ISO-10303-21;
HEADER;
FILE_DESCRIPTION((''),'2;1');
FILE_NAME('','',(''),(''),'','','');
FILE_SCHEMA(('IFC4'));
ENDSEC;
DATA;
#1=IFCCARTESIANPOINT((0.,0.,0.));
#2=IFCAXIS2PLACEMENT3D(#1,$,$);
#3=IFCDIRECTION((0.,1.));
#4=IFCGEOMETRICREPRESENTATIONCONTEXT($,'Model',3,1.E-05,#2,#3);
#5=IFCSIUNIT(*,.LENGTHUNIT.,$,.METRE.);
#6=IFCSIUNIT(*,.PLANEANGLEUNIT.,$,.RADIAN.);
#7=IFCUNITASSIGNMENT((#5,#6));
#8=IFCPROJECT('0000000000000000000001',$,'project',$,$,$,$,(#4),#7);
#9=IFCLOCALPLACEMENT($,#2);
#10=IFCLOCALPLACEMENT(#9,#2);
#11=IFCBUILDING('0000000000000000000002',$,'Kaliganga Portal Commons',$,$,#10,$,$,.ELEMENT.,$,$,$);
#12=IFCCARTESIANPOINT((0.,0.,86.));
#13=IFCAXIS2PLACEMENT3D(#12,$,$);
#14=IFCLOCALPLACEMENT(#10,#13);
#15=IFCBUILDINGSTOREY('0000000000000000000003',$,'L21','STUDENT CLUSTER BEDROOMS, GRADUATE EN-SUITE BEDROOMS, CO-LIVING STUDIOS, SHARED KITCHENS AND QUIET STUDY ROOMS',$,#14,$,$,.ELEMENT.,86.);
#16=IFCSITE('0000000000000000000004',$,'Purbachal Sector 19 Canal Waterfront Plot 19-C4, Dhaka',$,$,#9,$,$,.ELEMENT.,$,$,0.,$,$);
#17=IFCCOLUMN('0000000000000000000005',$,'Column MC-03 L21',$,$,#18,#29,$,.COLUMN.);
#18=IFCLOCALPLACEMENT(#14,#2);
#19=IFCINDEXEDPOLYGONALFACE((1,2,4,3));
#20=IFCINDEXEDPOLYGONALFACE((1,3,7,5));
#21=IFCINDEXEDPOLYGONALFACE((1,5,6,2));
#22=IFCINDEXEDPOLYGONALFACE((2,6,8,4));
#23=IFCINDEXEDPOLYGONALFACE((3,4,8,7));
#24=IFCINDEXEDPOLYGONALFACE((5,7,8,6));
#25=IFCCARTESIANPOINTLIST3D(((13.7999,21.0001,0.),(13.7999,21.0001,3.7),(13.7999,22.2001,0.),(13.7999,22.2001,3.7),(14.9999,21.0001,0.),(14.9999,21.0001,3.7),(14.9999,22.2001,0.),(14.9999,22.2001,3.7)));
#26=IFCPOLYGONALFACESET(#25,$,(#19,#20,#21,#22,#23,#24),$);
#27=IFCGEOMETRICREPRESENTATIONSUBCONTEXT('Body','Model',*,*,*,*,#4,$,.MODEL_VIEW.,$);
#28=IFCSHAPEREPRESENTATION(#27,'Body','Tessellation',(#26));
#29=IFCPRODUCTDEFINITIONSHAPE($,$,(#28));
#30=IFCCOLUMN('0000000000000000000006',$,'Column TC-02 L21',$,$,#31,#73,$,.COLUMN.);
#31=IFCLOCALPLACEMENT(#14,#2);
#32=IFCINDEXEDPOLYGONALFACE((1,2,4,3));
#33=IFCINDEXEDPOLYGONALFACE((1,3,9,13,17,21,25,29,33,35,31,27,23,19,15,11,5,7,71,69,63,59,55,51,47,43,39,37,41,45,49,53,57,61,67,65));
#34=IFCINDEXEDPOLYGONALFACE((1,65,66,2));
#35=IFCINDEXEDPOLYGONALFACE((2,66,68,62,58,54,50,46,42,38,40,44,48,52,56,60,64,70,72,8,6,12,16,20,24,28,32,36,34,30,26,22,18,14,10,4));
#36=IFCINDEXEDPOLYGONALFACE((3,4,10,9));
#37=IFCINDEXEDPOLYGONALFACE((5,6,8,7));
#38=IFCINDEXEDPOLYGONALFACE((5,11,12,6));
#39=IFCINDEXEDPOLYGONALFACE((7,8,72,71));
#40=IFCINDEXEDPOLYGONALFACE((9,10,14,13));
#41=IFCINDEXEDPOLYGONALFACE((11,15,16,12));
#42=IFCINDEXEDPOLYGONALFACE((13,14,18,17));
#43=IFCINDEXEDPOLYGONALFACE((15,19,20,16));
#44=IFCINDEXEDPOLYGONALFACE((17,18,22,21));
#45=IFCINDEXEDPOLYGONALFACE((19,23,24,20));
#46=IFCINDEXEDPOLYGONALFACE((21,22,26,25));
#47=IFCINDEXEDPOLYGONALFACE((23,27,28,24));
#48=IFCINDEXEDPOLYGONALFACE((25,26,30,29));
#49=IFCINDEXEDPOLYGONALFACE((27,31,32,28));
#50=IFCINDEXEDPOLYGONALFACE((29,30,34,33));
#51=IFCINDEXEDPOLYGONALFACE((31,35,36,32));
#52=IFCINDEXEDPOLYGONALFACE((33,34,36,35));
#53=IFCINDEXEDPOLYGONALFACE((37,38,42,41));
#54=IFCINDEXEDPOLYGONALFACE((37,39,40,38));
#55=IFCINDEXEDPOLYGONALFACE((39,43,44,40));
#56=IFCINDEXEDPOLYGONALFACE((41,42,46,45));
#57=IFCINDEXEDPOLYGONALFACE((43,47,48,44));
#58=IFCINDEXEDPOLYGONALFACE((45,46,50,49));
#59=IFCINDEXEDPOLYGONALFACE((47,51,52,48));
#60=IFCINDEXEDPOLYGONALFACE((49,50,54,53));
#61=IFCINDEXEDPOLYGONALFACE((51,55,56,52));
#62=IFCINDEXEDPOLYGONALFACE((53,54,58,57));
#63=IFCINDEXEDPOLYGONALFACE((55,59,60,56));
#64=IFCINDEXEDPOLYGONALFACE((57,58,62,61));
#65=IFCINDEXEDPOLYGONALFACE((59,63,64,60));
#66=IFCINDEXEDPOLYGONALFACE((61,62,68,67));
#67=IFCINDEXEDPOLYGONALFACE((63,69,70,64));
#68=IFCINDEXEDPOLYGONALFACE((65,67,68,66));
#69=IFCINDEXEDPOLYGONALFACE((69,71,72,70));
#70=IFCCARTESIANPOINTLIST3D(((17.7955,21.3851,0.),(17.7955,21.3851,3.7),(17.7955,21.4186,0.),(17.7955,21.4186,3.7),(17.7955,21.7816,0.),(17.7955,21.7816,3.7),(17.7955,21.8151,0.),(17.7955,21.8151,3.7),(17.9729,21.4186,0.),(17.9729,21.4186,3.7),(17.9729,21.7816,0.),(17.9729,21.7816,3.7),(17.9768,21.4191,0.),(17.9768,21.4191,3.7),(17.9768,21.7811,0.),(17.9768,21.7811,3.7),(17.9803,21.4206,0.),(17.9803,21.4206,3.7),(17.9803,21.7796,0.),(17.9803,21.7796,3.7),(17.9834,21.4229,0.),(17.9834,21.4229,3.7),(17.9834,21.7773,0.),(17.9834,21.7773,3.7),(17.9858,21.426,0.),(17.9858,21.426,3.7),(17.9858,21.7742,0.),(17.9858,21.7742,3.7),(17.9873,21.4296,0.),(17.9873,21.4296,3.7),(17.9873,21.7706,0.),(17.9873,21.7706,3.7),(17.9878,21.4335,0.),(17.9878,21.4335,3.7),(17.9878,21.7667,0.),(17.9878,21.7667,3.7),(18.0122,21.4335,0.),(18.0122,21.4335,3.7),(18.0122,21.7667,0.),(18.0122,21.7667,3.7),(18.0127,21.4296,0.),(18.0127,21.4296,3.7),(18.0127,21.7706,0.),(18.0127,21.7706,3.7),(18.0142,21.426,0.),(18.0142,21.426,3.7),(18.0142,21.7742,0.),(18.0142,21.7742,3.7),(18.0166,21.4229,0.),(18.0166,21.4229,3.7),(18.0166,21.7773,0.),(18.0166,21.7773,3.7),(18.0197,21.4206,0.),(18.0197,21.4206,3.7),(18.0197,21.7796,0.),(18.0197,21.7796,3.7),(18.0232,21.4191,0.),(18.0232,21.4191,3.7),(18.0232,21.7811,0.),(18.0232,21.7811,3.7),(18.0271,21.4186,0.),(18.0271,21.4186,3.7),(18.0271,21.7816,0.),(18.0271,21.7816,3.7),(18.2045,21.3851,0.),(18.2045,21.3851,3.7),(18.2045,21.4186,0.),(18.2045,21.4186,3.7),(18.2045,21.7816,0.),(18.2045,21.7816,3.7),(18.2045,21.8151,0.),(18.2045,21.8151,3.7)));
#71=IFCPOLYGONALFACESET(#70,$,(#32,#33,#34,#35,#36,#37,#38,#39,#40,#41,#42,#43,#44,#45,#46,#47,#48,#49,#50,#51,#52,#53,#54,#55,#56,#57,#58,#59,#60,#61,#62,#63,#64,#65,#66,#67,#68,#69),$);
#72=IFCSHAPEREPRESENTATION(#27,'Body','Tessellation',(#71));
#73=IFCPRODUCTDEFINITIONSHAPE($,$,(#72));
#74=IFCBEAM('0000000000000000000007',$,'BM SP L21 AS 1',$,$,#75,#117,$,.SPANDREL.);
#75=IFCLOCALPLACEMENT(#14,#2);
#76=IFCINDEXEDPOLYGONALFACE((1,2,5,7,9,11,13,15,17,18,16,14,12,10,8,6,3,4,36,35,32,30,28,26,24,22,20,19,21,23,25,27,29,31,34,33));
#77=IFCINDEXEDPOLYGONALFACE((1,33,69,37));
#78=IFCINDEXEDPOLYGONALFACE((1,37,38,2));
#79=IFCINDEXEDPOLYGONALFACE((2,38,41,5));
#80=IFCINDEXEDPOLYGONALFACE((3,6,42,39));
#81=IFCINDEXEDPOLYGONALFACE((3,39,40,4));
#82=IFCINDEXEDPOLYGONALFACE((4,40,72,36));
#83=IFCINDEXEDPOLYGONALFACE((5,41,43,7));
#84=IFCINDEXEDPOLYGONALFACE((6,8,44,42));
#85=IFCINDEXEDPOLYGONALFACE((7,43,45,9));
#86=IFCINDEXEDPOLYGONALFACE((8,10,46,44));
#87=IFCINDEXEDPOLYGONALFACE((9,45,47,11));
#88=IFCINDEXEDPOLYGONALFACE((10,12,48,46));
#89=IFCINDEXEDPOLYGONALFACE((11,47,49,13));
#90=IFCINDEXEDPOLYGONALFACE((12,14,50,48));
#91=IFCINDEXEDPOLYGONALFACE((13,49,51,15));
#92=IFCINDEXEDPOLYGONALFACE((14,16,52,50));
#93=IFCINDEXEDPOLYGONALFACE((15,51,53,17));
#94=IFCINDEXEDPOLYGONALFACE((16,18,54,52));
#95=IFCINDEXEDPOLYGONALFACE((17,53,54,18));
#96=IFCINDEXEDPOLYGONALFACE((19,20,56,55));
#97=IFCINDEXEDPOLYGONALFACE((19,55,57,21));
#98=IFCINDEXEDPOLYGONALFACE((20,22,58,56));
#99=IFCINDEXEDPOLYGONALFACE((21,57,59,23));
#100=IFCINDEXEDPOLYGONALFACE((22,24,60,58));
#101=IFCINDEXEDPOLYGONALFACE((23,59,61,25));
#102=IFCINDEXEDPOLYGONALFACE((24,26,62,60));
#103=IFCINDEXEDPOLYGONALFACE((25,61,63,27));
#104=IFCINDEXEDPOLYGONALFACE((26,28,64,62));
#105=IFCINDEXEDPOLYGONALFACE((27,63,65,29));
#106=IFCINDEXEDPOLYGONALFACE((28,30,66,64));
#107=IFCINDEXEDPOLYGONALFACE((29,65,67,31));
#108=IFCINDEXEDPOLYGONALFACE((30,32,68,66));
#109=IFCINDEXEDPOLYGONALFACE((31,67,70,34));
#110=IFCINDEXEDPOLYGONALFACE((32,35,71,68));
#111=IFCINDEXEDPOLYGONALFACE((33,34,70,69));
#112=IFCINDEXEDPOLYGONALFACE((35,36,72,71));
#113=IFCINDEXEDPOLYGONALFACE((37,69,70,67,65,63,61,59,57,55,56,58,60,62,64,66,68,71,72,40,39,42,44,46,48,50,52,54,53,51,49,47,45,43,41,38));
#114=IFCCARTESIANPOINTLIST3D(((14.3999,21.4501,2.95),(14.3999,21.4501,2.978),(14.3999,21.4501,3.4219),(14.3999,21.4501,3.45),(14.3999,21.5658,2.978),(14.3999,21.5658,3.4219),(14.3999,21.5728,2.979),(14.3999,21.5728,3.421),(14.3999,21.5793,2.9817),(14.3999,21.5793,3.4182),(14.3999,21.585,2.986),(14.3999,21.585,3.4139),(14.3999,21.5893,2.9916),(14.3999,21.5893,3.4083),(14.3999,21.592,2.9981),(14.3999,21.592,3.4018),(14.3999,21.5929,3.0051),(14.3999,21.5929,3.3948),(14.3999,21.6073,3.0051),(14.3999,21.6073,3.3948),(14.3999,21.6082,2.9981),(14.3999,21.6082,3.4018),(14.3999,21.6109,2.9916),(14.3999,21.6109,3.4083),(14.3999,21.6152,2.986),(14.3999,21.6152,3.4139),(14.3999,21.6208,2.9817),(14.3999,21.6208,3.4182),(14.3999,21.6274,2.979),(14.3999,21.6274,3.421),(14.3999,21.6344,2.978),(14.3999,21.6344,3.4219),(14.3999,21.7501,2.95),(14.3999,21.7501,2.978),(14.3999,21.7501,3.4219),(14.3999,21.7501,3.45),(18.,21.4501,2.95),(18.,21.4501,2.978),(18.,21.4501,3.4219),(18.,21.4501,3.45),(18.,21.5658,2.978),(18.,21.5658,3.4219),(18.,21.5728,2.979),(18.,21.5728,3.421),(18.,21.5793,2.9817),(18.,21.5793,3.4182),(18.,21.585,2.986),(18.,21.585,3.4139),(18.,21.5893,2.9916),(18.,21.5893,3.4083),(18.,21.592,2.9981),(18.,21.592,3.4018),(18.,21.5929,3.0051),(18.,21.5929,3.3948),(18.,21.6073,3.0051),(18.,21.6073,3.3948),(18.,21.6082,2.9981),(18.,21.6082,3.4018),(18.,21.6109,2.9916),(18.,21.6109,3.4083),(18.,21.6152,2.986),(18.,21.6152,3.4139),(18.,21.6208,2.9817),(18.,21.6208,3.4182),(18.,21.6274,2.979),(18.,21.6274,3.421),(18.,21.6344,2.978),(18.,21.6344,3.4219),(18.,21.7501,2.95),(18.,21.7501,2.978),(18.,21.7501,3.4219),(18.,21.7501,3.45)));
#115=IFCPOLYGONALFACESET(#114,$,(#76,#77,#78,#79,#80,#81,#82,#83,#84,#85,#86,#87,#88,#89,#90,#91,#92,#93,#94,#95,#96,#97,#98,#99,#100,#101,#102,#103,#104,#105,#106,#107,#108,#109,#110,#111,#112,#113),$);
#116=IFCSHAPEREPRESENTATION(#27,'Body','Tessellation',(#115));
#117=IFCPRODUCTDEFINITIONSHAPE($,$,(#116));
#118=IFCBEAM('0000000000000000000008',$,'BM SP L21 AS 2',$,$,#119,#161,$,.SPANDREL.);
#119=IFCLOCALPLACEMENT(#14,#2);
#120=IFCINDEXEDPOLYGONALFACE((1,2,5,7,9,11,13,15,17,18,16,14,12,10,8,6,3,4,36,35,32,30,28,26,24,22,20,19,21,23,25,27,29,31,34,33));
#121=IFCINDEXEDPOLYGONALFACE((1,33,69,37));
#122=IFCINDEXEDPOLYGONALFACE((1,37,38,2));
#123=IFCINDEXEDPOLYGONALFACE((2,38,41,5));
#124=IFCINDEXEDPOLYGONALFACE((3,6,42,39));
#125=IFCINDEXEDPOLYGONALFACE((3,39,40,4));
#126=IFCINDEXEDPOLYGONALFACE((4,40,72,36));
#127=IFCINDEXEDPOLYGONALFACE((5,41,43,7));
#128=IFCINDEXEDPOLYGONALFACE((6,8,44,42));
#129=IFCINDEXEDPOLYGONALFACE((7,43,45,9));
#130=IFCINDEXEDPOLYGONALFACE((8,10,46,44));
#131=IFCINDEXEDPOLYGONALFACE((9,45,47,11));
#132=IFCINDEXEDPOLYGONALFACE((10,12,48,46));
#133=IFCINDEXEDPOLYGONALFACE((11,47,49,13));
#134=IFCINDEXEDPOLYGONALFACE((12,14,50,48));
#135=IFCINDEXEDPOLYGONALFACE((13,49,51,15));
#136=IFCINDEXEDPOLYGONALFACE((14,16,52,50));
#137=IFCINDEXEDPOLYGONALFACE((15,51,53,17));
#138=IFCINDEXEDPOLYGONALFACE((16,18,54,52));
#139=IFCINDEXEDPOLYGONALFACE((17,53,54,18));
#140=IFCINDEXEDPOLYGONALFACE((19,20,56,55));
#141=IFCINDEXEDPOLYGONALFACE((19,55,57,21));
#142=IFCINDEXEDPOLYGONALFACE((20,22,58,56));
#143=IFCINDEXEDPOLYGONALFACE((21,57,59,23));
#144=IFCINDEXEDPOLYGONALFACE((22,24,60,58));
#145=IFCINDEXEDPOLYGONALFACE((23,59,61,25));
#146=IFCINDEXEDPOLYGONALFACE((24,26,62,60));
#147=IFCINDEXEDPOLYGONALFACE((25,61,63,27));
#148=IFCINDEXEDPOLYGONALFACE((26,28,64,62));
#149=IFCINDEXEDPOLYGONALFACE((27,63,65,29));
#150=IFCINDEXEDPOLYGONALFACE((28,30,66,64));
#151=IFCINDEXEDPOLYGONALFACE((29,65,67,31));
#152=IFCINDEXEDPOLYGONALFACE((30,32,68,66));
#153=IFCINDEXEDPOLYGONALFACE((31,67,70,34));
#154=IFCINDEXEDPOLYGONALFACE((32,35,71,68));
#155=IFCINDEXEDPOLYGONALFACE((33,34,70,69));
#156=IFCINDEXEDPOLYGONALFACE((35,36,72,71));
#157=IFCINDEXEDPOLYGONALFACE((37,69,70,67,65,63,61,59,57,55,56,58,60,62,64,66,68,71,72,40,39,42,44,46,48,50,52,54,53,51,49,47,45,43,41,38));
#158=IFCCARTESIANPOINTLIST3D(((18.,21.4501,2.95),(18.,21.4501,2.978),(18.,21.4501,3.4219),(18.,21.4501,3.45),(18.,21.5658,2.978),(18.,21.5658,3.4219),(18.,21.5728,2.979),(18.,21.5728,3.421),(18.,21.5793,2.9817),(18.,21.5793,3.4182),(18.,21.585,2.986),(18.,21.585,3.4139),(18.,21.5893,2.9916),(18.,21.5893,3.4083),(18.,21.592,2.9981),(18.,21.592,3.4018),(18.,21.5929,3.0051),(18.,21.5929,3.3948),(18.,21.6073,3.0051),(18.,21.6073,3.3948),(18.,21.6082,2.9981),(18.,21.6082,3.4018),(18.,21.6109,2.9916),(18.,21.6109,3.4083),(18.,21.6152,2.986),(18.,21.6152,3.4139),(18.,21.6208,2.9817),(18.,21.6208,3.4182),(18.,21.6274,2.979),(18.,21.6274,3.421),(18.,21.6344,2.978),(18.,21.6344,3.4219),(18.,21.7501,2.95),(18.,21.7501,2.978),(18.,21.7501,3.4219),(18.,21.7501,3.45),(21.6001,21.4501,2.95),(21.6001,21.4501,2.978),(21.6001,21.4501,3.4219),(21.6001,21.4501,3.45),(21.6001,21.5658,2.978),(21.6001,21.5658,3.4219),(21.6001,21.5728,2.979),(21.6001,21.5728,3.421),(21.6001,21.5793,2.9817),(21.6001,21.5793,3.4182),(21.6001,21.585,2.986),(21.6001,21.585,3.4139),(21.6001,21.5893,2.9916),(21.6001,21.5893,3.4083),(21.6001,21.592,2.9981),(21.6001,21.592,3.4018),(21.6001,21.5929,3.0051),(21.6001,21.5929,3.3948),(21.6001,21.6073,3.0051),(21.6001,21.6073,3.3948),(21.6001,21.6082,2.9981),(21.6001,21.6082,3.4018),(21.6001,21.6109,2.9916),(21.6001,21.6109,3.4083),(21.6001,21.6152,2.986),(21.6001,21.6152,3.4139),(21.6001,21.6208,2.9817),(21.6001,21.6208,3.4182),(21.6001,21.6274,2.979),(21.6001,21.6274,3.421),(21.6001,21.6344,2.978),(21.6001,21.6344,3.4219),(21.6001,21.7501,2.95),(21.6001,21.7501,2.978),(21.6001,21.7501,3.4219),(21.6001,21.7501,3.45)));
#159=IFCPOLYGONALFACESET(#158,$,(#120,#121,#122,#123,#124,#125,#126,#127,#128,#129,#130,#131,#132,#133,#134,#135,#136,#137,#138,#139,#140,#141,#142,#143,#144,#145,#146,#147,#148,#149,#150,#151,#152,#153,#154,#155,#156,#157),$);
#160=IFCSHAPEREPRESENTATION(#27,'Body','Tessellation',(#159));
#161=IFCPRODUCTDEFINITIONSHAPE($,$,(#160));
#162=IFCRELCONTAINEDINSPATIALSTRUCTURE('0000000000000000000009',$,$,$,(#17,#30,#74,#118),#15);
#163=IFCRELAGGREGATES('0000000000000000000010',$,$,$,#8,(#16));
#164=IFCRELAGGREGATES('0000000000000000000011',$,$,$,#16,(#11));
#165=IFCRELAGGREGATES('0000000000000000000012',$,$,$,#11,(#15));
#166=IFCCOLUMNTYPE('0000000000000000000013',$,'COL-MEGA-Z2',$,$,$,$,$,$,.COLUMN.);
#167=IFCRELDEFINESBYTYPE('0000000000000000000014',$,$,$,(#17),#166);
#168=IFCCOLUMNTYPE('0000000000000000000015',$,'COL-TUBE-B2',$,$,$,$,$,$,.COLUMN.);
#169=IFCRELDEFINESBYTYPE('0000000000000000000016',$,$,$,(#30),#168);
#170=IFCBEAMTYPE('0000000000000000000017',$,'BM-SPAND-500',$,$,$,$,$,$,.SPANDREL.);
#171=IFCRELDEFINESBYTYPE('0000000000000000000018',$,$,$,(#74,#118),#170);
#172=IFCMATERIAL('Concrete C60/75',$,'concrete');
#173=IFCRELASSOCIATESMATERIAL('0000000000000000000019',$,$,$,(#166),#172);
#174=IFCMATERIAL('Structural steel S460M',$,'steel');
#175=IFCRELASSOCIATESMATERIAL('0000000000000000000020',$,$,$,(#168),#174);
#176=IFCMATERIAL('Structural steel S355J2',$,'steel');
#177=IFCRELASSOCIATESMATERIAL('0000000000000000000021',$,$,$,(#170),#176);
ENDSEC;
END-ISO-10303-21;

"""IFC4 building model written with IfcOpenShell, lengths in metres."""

from ifc_helpers import new_model, si_unit, direction, frame, origin, origin_2d, place, context, subcontext, project, spatial, rectangle, i_section, extrude, source, transform, mapped, material, material_profile, profile_set, type_object, element, save


model = new_model("IFC4")

# Units and contexts
model_context = context("Model", 3, precision=1e-05, world=origin(), true_north=direction((0.0, 1.0)))
body_context = subcontext(model_context, "Body", "Model", "MODEL_VIEW")
ifc_project = project(units=[si_unit("LENGTHUNIT", "METRE"), si_unit("PLANEANGLEUNIT", "RADIAN")], contexts=[model_context])

# Site, building, storey
site_placement = place(None, origin())
site = spatial("IfcSite", under=ifc_project, at=site_placement, Name="Purbachal Sector 19 Canal Waterfront Plot 19-C4, Dhaka", CompositionType="ELEMENT", RefElevation=0.0)
building_placement = place(site_placement, origin())
building = spatial("IfcBuilding", under=site, at=building_placement, Name="Kaliganga Portal Commons", CompositionType="ELEMENT")
storey_placement = place(building_placement, frame((0.0, 0.0, 86.0)))
storey = spatial("IfcBuildingStorey", under=building, at=storey_placement, Name="L21", Description="STUDENT CLUSTER BEDROOMS, GRADUATE EN-SUITE BEDROOMS, CO-LIVING STUDIOS, SHARED KITCHENS AND QUIET STUDY ROOMS", CompositionType="ELEMENT", Elevation=86.0)

# Columns
ifc_material_1 = material(Name="Concrete C60/75", Category="concrete")
ifc_material_profile_1 = material_profile(ifc_material_1, rectangle(XDim=1.2, YDim=1.2, at=origin_2d()), Name="RC 1200x1200")
ifc_profile_set_1 = profile_set([ifc_material_profile_1], Name="Concrete C60/75")
column_type_1 = type_object("IfcColumnType", Name="COL-MEGA-Z2", PredefinedType="COLUMN", material=ifc_profile_set_1)
shared_shape_1 = source(origin(), body_context, "Body", "SweptSolid", [
    extrude(rectangle(XDim=1.2, YDim=1.2, at=origin_2d()), origin(), (0.0, 0.0, 1.0), 3.7),
])
column_1_placement = place(storey_placement, frame((14.3999, 21.6001, 0.0), z_axis=(0.0, 0.0, 1.0), x_axis=(1.0, 0.0, 0.0)))
element("IfcColumn", 1, at=column_1_placement, inside=storey, type_object=column_type_1, Name="Column MC-03 L21", PredefinedType="COLUMN", context=body_context, shape_type="MappedRepresentation", body=[
    mapped(shared_shape_1, transform((0.0, 0.0, 0.0), x_axis=(1.0, 0.0, 0.0), y_axis=(0.0, 1.0, 0.0), z_axis=(0.0, 0.0, 1.0), scale=1.0)),
])
ifc_material_2 = material(Name="Structural steel S460M", Category="steel")
ifc_material_profile_2 = material_profile(ifc_material_2, i_section(OverallWidth=0.4089, OverallDepth=0.4299, WebThickness=0.0244, FlangeThickness=0.0334, FilletRadius=0.0149, at=origin_2d()), Name="HD 400x421")
ifc_profile_set_2 = profile_set([ifc_material_profile_2], Name="Structural steel S460M wide-flange")
column_type_2 = type_object("IfcColumnType", Name="COL-TUBE-B2", PredefinedType="COLUMN", material=ifc_profile_set_2)
shared_shape_2 = source(origin(), body_context, "Body", "SweptSolid", [
    extrude(i_section(OverallWidth=0.4089, OverallDepth=0.4299, WebThickness=0.0244, FlangeThickness=0.0334, FilletRadius=0.0149, at=origin_2d()), origin(), (0.0, 0.0, 1.0), 3.7),
])
column_2_placement = place(storey_placement, frame((18.0, 21.6001, 0.0), z_axis=(0.0, 0.0, 1.0), x_axis=(1.0, 0.0, 0.0)))
element("IfcColumn", 2, at=column_2_placement, inside=storey, type_object=column_type_2, Name="Column TC-02 L21", PredefinedType="COLUMN", context=body_context, shape_type="MappedRepresentation", body=[
    mapped(shared_shape_2, transform((0.0, 0.0, 0.0), x_axis=(1.0, 0.0, 0.0), y_axis=(0.0, 1.0, 0.0), z_axis=(0.0, 0.0, 1.0), scale=1.0)),
])

# Beams
ifc_material_3 = material(Name="Structural steel S355J2", Category="steel")
ifc_material_profile_3 = material_profile(ifc_material_3, i_section(OverallWidth=0.3, OverallDepth=0.5, WebThickness=0.0144, FlangeThickness=0.0281, FilletRadius=0.0271, at=origin_2d()), Name="HE 500 B")
ifc_profile_set_3 = profile_set([ifc_material_profile_3], Name="Structural steel S355J2 wide-flange")
beam_type_1 = type_object("IfcBeamType", Name="BM-SPAND-500", PredefinedType="SPANDREL", material=ifc_profile_set_3)
shared_shape_3 = source(origin(), body_context, "Body", "SweptSolid", [
    extrude(i_section(OverallWidth=0.3, OverallDepth=0.5, WebThickness=0.0144, FlangeThickness=0.0281, FilletRadius=0.0271, at=origin_2d()), origin(), (0.0, 0.0, 1.0), 3.6001),
])
for number, where, z_axis, x_axis, name in (
    (3, (14.3999, 21.6001, 3.2), (1.0, 0.0, 0.0), (0.0, 1.0, 0.0), "BM SP L21 AS 1"),
    (4, (18.0, 21.6001, 3.2), (1.0, 0.0, 0.0), (0.0, 1.0, 0.0), "BM SP L21 AS 2"),
):
    element("IfcBeam", number, at=place(storey_placement, frame(where, z_axis=z_axis, x_axis=x_axis)), inside=storey, type_object=beam_type_1, Name=name, PredefinedType="SPANDREL", context=body_context, shape_type="MappedRepresentation", body=[
        mapped(shared_shape_3, transform((0.0, 0.0, 0.0), x_axis=(1.0, 0.0, 0.0), y_axis=(0.0, 1.0, 0.0), z_axis=(0.0, 0.0, 1.0), scale=1.0)),
    ])

save(model, "model.ifc")
